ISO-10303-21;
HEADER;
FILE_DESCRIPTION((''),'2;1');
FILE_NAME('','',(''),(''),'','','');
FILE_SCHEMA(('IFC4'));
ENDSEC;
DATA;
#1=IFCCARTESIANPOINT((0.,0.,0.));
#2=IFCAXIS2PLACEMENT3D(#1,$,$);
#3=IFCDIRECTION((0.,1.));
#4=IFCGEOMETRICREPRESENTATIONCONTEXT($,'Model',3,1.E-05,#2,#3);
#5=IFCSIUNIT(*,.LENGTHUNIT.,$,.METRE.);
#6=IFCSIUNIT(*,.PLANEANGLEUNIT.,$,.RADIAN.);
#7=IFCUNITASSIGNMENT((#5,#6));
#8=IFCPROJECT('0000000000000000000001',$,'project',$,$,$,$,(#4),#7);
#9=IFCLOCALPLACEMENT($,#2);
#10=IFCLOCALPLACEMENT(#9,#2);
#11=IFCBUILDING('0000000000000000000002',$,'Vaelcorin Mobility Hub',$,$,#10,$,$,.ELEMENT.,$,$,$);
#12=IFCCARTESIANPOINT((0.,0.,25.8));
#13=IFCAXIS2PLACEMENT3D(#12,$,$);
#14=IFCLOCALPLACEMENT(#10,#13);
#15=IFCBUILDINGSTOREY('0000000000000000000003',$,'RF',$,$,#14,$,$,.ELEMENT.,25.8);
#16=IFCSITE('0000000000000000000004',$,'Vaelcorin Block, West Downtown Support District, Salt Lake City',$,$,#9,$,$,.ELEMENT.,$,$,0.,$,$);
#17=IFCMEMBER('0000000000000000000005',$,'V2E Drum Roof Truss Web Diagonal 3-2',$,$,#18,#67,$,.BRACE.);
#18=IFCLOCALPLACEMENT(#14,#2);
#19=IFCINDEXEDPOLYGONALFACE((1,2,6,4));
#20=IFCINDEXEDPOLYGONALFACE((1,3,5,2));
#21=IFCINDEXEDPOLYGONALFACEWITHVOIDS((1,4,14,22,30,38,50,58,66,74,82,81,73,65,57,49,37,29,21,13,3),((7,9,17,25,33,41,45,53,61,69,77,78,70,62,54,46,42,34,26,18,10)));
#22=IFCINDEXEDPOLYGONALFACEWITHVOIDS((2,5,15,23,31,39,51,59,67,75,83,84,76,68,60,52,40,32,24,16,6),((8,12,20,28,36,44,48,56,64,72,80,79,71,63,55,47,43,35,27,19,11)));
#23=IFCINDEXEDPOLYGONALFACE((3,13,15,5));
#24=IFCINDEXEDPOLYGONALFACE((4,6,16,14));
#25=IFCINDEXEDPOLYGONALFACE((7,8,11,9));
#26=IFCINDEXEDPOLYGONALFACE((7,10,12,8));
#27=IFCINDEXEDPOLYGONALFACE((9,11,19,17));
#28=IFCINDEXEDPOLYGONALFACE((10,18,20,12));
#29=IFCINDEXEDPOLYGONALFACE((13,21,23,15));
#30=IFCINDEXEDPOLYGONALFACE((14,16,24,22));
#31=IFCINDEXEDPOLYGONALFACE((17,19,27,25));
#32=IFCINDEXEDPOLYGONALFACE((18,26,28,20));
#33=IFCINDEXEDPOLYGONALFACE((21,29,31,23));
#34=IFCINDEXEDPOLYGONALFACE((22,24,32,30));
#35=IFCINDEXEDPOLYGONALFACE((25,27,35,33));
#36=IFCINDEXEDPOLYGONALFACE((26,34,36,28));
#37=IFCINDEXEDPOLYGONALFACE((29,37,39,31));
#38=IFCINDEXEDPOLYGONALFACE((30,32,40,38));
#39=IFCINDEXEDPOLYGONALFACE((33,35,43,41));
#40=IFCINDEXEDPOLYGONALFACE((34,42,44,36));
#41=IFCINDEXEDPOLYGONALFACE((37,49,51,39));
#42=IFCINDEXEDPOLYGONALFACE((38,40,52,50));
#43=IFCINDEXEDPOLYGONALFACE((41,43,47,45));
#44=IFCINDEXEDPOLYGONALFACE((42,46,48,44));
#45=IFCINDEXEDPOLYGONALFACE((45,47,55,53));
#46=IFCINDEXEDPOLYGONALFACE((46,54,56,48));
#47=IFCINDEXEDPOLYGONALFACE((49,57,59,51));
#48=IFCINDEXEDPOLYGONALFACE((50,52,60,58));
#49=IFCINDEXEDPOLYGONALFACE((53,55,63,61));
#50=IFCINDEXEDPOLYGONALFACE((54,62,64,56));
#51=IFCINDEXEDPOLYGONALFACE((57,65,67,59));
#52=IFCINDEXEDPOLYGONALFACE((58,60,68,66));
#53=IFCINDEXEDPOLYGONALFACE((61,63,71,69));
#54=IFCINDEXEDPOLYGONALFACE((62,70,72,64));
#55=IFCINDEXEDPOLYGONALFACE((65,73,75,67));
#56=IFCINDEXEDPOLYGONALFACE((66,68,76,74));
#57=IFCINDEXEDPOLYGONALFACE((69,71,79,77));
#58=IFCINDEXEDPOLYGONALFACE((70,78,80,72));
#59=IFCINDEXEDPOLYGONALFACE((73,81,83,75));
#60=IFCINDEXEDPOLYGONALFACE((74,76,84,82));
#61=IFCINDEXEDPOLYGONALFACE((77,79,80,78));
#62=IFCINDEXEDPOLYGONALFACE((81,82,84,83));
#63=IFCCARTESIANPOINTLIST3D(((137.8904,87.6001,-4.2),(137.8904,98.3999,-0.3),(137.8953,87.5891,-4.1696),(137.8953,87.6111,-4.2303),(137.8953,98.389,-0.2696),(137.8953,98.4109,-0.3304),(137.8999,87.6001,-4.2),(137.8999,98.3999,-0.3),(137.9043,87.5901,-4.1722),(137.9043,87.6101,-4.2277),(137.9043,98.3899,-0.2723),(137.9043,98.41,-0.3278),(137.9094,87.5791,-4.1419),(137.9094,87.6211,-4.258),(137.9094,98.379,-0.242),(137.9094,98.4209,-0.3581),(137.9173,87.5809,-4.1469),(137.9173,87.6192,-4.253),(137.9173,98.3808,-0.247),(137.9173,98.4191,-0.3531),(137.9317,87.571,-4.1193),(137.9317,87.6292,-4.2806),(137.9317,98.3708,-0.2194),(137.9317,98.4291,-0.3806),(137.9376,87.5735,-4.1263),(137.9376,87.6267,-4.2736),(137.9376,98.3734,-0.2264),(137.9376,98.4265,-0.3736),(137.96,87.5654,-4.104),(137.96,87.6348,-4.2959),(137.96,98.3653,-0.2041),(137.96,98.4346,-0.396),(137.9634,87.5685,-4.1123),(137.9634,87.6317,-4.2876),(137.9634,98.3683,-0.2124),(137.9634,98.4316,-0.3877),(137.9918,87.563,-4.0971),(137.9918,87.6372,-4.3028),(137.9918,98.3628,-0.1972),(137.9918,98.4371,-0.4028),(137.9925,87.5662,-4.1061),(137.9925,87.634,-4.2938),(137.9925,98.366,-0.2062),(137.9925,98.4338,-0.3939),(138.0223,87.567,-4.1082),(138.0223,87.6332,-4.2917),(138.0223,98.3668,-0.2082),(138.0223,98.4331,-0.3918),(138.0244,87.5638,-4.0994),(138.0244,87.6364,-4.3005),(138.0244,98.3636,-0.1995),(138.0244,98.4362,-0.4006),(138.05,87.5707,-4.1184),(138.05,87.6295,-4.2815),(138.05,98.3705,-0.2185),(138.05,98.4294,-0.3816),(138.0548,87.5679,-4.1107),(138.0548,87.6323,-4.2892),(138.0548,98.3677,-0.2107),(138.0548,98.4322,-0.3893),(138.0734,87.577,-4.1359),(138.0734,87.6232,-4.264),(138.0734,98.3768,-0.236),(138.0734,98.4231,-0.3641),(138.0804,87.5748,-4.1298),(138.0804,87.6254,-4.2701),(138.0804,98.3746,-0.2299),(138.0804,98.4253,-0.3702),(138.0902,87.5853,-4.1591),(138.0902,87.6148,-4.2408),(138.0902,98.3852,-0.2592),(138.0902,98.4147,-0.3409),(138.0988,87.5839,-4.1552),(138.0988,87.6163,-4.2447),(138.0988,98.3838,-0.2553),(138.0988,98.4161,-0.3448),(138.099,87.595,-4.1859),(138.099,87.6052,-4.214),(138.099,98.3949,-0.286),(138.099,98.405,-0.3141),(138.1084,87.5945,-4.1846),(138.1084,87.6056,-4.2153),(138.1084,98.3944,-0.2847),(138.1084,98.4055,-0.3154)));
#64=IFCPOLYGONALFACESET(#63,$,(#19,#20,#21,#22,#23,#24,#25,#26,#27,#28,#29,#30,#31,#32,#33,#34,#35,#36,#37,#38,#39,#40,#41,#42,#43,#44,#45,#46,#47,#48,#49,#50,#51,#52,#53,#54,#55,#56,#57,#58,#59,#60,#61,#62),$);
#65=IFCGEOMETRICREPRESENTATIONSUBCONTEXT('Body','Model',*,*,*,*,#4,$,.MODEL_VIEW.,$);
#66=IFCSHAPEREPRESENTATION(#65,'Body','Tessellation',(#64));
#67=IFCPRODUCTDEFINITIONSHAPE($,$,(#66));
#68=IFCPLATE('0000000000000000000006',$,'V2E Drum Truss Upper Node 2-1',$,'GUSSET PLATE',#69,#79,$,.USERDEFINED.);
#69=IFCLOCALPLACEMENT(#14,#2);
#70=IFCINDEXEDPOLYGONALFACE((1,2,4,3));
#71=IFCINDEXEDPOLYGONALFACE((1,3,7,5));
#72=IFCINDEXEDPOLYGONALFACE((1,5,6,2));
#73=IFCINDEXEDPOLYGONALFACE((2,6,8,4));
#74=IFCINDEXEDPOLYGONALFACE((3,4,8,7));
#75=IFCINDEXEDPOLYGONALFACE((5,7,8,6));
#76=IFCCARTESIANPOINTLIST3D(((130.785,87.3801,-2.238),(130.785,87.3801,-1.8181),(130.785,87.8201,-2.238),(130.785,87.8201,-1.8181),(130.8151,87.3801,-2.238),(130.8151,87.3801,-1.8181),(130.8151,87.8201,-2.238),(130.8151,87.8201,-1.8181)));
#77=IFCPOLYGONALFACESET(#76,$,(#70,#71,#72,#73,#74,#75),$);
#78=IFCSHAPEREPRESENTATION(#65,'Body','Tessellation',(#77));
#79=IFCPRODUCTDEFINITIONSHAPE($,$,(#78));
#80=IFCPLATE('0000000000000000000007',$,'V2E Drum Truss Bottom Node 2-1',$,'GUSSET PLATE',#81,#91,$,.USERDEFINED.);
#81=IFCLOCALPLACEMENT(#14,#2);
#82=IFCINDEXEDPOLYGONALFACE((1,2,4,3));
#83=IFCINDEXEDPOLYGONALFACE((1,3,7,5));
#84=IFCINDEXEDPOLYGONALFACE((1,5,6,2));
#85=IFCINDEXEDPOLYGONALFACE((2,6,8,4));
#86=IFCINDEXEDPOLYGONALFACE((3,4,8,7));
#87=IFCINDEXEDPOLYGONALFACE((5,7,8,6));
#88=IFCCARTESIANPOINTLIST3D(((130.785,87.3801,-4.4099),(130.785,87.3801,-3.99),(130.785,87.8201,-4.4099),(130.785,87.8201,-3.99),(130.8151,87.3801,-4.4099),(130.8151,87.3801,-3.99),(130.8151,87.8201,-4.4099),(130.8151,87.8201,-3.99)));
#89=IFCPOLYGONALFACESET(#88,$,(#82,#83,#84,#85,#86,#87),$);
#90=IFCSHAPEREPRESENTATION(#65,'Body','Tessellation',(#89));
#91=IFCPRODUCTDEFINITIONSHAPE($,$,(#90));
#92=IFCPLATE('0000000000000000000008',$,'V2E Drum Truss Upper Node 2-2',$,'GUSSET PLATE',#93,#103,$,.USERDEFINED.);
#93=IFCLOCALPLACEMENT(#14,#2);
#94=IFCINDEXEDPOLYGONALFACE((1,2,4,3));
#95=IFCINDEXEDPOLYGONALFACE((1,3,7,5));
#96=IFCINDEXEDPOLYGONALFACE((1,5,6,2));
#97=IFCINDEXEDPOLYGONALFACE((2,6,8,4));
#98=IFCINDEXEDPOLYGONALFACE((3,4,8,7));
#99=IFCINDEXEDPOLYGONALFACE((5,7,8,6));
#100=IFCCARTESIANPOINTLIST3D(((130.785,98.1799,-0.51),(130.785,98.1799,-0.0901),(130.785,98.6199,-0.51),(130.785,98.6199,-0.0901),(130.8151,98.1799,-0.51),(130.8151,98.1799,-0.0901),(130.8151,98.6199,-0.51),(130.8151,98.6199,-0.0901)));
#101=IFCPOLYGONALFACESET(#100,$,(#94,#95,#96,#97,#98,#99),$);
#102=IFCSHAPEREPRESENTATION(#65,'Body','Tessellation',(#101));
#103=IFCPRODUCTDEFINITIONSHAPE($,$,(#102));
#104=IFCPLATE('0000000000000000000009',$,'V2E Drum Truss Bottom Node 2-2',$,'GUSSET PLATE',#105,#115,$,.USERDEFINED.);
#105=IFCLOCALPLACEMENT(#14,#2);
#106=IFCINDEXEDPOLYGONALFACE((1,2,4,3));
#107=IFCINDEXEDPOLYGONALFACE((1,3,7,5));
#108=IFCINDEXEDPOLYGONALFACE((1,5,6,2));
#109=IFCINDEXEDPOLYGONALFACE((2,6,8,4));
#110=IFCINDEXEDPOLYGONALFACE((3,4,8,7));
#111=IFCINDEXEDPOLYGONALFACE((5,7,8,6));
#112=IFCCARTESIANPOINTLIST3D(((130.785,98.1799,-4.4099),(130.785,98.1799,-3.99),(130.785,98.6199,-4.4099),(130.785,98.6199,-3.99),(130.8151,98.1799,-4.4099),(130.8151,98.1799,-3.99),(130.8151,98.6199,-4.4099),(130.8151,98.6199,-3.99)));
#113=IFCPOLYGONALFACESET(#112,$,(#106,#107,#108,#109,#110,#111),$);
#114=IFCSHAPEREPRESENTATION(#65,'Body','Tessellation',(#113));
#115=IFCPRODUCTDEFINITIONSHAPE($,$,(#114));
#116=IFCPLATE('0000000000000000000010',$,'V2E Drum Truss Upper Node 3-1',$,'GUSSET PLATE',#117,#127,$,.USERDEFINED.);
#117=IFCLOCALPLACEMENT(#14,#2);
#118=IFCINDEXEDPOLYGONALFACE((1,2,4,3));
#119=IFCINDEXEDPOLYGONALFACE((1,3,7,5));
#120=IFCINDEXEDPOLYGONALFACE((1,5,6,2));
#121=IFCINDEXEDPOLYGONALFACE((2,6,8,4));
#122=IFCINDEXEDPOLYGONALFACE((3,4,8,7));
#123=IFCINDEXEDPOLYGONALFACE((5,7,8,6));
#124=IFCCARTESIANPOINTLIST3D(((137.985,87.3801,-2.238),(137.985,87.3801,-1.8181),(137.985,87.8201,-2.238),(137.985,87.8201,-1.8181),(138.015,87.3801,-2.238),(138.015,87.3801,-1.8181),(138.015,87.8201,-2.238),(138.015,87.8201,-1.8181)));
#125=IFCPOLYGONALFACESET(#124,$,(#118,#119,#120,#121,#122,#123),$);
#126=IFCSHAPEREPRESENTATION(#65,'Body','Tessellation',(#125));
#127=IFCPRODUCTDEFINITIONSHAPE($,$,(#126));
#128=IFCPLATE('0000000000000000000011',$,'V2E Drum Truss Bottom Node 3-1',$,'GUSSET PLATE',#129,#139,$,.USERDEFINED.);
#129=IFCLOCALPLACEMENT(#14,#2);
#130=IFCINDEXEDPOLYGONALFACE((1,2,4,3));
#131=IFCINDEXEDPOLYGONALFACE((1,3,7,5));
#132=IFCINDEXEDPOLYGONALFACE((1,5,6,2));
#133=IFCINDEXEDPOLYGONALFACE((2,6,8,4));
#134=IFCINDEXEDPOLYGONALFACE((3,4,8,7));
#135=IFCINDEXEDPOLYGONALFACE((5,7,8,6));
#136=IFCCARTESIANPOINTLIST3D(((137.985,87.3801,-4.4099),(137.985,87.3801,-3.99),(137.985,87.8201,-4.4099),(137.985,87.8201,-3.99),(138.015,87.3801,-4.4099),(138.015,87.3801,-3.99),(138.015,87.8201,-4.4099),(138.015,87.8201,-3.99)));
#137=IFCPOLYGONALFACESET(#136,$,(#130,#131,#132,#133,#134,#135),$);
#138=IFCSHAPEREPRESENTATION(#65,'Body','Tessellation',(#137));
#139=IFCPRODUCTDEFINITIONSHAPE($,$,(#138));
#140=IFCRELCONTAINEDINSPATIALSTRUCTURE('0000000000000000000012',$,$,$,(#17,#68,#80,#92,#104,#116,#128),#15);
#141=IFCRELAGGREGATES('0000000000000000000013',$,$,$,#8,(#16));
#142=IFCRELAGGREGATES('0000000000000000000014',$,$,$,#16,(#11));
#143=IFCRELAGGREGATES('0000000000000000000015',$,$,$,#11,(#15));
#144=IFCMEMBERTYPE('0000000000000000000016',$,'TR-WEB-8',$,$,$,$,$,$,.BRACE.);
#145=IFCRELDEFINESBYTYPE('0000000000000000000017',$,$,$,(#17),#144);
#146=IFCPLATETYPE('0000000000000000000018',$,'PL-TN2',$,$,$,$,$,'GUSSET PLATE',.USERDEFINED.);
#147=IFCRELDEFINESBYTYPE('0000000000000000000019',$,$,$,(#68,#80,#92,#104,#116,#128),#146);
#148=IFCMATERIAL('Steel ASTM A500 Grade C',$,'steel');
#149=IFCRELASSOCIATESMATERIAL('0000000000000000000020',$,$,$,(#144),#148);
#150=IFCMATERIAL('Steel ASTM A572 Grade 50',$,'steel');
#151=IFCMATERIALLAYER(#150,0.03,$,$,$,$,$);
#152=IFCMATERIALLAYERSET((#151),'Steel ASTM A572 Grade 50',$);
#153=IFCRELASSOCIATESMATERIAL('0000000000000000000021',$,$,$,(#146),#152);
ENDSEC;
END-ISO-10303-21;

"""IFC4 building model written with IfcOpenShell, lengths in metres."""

from ifc_helpers import new_model, si_unit, direction, frame, origin, origin_2d, place, context, subcontext, project, spatial, rectangle, hollow_circle, extrude, material, layer, layer_set, material_profile, profile_set, type_object, element, save


model = new_model("IFC4")

# Units and contexts
model_context = context("Model", 3, precision=1e-05, world=origin(), true_north=direction((0.0, 1.0)))
body_context = subcontext(model_context, "Body", "Model", "MODEL_VIEW")
ifc_project = project(units=[si_unit("LENGTHUNIT", "METRE"), si_unit("PLANEANGLEUNIT", "RADIAN")], contexts=[model_context])

# Site, building, storey
site_placement = place(None, origin())
site = spatial("IfcSite", under=ifc_project, at=site_placement, Name="Vaelcorin Block, West Downtown Support District, Salt Lake City", CompositionType="ELEMENT", RefElevation=0.0)
building_placement = place(site_placement, origin())
building = spatial("IfcBuilding", under=site, at=building_placement, Name="Vaelcorin Mobility Hub", CompositionType="ELEMENT")
storey_placement = place(building_placement, frame((0.0, 0.0, 25.8)))
storey = spatial("IfcBuildingStorey", under=building, at=storey_placement, Name="RF", CompositionType="ELEMENT", Elevation=25.8)

# Shared definitions
ifc_material_1 = material(Name="Steel ASTM A500 Grade C", Category="steel")

# Member
ifc_material_profile_1 = material_profile(ifc_material_1, hollow_circle(Radius=0.1096, WallThickness=0.0095, at=origin_2d()), Name="HSS8.625X0.375")
ifc_profile_set_1 = profile_set([ifc_material_profile_1], Name="Steel ASTM A500 Grade C")
member_type_1 = type_object("IfcMemberType", Name="TR-WEB-8", PredefinedType="BRACE", material=ifc_profile_set_1)
member_1_placement = place(storey_placement, frame((138.0, 87.6001, -4.2), z_axis=(0.0, 0.940555, 0.339642), x_axis=(-1.0, 0.0, 0.0)))
element("IfcMember", 1, at=member_1_placement, inside=storey, type_object=member_type_1, Name="V2E Drum Roof Truss Web Diagonal 3-2", PredefinedType="BRACE", context=body_context, shape_type="SweptSolid", body=[
    extrude(hollow_circle(Radius=0.1096, WallThickness=0.0095, at=origin_2d()), origin(), (0.0, 0.0, 1.0), 11.4824),
])

# Plates
ifc_material_2 = material(Name="Steel ASTM A572 Grade 50", Category="steel")
ifc_layer = layer(ifc_material_2, 0.03)
ifc_layer_set = layer_set([ifc_layer], Name="Steel ASTM A572 Grade 50")
plate_type = type_object("IfcPlateType", Name="PL-TN2", ElementType="GUSSET PLATE", PredefinedType="USERDEFINED", material=ifc_layer_set)
for number, where, z_axis, x_axis, name in (
    (2, (130.8, 87.6001, -2.238), (0.0, 0.0, 1.0), (1.0, 0.0, 0.0), "V2E Drum Truss Upper Node 2-1"),
    (3, (130.8, 87.6001, -4.4099), (0.0, 0.0, 1.0), (1.0, 0.0, 0.0), "V2E Drum Truss Bottom Node 2-1"),
    (4, (130.8, 98.3999, -0.51), (0.0, 0.0, 1.0), (1.0, 0.0, 0.0), "V2E Drum Truss Upper Node 2-2"),
    (5, (130.8, 98.3999, -4.4099), (0.0, 0.0, 1.0), (1.0, 0.0, 0.0), "V2E Drum Truss Bottom Node 2-2"),
    (6, (138.0, 87.6001, -2.238), (0.0, 0.0, 1.0), (1.0, 0.0, 0.0), "V2E Drum Truss Upper Node 3-1"),
    (7, (138.0, 87.6001, -4.4099), (0.0, 0.0, 1.0), (1.0, 0.0, 0.0), "V2E Drum Truss Bottom Node 3-1"),
):
    element("IfcPlate", number, at=place(storey_placement, frame(where, z_axis=z_axis, x_axis=x_axis)), inside=storey, type_object=plate_type, Name=name, ObjectType="GUSSET PLATE", PredefinedType="USERDEFINED", context=body_context, shape_type="SweptSolid", body=[
        extrude(rectangle(XDim=0.03, YDim=0.4399, at=origin_2d()), origin(), (0.0, 0.0, 1.0), 0.4199),
    ])

save(model, "model.ifc")
